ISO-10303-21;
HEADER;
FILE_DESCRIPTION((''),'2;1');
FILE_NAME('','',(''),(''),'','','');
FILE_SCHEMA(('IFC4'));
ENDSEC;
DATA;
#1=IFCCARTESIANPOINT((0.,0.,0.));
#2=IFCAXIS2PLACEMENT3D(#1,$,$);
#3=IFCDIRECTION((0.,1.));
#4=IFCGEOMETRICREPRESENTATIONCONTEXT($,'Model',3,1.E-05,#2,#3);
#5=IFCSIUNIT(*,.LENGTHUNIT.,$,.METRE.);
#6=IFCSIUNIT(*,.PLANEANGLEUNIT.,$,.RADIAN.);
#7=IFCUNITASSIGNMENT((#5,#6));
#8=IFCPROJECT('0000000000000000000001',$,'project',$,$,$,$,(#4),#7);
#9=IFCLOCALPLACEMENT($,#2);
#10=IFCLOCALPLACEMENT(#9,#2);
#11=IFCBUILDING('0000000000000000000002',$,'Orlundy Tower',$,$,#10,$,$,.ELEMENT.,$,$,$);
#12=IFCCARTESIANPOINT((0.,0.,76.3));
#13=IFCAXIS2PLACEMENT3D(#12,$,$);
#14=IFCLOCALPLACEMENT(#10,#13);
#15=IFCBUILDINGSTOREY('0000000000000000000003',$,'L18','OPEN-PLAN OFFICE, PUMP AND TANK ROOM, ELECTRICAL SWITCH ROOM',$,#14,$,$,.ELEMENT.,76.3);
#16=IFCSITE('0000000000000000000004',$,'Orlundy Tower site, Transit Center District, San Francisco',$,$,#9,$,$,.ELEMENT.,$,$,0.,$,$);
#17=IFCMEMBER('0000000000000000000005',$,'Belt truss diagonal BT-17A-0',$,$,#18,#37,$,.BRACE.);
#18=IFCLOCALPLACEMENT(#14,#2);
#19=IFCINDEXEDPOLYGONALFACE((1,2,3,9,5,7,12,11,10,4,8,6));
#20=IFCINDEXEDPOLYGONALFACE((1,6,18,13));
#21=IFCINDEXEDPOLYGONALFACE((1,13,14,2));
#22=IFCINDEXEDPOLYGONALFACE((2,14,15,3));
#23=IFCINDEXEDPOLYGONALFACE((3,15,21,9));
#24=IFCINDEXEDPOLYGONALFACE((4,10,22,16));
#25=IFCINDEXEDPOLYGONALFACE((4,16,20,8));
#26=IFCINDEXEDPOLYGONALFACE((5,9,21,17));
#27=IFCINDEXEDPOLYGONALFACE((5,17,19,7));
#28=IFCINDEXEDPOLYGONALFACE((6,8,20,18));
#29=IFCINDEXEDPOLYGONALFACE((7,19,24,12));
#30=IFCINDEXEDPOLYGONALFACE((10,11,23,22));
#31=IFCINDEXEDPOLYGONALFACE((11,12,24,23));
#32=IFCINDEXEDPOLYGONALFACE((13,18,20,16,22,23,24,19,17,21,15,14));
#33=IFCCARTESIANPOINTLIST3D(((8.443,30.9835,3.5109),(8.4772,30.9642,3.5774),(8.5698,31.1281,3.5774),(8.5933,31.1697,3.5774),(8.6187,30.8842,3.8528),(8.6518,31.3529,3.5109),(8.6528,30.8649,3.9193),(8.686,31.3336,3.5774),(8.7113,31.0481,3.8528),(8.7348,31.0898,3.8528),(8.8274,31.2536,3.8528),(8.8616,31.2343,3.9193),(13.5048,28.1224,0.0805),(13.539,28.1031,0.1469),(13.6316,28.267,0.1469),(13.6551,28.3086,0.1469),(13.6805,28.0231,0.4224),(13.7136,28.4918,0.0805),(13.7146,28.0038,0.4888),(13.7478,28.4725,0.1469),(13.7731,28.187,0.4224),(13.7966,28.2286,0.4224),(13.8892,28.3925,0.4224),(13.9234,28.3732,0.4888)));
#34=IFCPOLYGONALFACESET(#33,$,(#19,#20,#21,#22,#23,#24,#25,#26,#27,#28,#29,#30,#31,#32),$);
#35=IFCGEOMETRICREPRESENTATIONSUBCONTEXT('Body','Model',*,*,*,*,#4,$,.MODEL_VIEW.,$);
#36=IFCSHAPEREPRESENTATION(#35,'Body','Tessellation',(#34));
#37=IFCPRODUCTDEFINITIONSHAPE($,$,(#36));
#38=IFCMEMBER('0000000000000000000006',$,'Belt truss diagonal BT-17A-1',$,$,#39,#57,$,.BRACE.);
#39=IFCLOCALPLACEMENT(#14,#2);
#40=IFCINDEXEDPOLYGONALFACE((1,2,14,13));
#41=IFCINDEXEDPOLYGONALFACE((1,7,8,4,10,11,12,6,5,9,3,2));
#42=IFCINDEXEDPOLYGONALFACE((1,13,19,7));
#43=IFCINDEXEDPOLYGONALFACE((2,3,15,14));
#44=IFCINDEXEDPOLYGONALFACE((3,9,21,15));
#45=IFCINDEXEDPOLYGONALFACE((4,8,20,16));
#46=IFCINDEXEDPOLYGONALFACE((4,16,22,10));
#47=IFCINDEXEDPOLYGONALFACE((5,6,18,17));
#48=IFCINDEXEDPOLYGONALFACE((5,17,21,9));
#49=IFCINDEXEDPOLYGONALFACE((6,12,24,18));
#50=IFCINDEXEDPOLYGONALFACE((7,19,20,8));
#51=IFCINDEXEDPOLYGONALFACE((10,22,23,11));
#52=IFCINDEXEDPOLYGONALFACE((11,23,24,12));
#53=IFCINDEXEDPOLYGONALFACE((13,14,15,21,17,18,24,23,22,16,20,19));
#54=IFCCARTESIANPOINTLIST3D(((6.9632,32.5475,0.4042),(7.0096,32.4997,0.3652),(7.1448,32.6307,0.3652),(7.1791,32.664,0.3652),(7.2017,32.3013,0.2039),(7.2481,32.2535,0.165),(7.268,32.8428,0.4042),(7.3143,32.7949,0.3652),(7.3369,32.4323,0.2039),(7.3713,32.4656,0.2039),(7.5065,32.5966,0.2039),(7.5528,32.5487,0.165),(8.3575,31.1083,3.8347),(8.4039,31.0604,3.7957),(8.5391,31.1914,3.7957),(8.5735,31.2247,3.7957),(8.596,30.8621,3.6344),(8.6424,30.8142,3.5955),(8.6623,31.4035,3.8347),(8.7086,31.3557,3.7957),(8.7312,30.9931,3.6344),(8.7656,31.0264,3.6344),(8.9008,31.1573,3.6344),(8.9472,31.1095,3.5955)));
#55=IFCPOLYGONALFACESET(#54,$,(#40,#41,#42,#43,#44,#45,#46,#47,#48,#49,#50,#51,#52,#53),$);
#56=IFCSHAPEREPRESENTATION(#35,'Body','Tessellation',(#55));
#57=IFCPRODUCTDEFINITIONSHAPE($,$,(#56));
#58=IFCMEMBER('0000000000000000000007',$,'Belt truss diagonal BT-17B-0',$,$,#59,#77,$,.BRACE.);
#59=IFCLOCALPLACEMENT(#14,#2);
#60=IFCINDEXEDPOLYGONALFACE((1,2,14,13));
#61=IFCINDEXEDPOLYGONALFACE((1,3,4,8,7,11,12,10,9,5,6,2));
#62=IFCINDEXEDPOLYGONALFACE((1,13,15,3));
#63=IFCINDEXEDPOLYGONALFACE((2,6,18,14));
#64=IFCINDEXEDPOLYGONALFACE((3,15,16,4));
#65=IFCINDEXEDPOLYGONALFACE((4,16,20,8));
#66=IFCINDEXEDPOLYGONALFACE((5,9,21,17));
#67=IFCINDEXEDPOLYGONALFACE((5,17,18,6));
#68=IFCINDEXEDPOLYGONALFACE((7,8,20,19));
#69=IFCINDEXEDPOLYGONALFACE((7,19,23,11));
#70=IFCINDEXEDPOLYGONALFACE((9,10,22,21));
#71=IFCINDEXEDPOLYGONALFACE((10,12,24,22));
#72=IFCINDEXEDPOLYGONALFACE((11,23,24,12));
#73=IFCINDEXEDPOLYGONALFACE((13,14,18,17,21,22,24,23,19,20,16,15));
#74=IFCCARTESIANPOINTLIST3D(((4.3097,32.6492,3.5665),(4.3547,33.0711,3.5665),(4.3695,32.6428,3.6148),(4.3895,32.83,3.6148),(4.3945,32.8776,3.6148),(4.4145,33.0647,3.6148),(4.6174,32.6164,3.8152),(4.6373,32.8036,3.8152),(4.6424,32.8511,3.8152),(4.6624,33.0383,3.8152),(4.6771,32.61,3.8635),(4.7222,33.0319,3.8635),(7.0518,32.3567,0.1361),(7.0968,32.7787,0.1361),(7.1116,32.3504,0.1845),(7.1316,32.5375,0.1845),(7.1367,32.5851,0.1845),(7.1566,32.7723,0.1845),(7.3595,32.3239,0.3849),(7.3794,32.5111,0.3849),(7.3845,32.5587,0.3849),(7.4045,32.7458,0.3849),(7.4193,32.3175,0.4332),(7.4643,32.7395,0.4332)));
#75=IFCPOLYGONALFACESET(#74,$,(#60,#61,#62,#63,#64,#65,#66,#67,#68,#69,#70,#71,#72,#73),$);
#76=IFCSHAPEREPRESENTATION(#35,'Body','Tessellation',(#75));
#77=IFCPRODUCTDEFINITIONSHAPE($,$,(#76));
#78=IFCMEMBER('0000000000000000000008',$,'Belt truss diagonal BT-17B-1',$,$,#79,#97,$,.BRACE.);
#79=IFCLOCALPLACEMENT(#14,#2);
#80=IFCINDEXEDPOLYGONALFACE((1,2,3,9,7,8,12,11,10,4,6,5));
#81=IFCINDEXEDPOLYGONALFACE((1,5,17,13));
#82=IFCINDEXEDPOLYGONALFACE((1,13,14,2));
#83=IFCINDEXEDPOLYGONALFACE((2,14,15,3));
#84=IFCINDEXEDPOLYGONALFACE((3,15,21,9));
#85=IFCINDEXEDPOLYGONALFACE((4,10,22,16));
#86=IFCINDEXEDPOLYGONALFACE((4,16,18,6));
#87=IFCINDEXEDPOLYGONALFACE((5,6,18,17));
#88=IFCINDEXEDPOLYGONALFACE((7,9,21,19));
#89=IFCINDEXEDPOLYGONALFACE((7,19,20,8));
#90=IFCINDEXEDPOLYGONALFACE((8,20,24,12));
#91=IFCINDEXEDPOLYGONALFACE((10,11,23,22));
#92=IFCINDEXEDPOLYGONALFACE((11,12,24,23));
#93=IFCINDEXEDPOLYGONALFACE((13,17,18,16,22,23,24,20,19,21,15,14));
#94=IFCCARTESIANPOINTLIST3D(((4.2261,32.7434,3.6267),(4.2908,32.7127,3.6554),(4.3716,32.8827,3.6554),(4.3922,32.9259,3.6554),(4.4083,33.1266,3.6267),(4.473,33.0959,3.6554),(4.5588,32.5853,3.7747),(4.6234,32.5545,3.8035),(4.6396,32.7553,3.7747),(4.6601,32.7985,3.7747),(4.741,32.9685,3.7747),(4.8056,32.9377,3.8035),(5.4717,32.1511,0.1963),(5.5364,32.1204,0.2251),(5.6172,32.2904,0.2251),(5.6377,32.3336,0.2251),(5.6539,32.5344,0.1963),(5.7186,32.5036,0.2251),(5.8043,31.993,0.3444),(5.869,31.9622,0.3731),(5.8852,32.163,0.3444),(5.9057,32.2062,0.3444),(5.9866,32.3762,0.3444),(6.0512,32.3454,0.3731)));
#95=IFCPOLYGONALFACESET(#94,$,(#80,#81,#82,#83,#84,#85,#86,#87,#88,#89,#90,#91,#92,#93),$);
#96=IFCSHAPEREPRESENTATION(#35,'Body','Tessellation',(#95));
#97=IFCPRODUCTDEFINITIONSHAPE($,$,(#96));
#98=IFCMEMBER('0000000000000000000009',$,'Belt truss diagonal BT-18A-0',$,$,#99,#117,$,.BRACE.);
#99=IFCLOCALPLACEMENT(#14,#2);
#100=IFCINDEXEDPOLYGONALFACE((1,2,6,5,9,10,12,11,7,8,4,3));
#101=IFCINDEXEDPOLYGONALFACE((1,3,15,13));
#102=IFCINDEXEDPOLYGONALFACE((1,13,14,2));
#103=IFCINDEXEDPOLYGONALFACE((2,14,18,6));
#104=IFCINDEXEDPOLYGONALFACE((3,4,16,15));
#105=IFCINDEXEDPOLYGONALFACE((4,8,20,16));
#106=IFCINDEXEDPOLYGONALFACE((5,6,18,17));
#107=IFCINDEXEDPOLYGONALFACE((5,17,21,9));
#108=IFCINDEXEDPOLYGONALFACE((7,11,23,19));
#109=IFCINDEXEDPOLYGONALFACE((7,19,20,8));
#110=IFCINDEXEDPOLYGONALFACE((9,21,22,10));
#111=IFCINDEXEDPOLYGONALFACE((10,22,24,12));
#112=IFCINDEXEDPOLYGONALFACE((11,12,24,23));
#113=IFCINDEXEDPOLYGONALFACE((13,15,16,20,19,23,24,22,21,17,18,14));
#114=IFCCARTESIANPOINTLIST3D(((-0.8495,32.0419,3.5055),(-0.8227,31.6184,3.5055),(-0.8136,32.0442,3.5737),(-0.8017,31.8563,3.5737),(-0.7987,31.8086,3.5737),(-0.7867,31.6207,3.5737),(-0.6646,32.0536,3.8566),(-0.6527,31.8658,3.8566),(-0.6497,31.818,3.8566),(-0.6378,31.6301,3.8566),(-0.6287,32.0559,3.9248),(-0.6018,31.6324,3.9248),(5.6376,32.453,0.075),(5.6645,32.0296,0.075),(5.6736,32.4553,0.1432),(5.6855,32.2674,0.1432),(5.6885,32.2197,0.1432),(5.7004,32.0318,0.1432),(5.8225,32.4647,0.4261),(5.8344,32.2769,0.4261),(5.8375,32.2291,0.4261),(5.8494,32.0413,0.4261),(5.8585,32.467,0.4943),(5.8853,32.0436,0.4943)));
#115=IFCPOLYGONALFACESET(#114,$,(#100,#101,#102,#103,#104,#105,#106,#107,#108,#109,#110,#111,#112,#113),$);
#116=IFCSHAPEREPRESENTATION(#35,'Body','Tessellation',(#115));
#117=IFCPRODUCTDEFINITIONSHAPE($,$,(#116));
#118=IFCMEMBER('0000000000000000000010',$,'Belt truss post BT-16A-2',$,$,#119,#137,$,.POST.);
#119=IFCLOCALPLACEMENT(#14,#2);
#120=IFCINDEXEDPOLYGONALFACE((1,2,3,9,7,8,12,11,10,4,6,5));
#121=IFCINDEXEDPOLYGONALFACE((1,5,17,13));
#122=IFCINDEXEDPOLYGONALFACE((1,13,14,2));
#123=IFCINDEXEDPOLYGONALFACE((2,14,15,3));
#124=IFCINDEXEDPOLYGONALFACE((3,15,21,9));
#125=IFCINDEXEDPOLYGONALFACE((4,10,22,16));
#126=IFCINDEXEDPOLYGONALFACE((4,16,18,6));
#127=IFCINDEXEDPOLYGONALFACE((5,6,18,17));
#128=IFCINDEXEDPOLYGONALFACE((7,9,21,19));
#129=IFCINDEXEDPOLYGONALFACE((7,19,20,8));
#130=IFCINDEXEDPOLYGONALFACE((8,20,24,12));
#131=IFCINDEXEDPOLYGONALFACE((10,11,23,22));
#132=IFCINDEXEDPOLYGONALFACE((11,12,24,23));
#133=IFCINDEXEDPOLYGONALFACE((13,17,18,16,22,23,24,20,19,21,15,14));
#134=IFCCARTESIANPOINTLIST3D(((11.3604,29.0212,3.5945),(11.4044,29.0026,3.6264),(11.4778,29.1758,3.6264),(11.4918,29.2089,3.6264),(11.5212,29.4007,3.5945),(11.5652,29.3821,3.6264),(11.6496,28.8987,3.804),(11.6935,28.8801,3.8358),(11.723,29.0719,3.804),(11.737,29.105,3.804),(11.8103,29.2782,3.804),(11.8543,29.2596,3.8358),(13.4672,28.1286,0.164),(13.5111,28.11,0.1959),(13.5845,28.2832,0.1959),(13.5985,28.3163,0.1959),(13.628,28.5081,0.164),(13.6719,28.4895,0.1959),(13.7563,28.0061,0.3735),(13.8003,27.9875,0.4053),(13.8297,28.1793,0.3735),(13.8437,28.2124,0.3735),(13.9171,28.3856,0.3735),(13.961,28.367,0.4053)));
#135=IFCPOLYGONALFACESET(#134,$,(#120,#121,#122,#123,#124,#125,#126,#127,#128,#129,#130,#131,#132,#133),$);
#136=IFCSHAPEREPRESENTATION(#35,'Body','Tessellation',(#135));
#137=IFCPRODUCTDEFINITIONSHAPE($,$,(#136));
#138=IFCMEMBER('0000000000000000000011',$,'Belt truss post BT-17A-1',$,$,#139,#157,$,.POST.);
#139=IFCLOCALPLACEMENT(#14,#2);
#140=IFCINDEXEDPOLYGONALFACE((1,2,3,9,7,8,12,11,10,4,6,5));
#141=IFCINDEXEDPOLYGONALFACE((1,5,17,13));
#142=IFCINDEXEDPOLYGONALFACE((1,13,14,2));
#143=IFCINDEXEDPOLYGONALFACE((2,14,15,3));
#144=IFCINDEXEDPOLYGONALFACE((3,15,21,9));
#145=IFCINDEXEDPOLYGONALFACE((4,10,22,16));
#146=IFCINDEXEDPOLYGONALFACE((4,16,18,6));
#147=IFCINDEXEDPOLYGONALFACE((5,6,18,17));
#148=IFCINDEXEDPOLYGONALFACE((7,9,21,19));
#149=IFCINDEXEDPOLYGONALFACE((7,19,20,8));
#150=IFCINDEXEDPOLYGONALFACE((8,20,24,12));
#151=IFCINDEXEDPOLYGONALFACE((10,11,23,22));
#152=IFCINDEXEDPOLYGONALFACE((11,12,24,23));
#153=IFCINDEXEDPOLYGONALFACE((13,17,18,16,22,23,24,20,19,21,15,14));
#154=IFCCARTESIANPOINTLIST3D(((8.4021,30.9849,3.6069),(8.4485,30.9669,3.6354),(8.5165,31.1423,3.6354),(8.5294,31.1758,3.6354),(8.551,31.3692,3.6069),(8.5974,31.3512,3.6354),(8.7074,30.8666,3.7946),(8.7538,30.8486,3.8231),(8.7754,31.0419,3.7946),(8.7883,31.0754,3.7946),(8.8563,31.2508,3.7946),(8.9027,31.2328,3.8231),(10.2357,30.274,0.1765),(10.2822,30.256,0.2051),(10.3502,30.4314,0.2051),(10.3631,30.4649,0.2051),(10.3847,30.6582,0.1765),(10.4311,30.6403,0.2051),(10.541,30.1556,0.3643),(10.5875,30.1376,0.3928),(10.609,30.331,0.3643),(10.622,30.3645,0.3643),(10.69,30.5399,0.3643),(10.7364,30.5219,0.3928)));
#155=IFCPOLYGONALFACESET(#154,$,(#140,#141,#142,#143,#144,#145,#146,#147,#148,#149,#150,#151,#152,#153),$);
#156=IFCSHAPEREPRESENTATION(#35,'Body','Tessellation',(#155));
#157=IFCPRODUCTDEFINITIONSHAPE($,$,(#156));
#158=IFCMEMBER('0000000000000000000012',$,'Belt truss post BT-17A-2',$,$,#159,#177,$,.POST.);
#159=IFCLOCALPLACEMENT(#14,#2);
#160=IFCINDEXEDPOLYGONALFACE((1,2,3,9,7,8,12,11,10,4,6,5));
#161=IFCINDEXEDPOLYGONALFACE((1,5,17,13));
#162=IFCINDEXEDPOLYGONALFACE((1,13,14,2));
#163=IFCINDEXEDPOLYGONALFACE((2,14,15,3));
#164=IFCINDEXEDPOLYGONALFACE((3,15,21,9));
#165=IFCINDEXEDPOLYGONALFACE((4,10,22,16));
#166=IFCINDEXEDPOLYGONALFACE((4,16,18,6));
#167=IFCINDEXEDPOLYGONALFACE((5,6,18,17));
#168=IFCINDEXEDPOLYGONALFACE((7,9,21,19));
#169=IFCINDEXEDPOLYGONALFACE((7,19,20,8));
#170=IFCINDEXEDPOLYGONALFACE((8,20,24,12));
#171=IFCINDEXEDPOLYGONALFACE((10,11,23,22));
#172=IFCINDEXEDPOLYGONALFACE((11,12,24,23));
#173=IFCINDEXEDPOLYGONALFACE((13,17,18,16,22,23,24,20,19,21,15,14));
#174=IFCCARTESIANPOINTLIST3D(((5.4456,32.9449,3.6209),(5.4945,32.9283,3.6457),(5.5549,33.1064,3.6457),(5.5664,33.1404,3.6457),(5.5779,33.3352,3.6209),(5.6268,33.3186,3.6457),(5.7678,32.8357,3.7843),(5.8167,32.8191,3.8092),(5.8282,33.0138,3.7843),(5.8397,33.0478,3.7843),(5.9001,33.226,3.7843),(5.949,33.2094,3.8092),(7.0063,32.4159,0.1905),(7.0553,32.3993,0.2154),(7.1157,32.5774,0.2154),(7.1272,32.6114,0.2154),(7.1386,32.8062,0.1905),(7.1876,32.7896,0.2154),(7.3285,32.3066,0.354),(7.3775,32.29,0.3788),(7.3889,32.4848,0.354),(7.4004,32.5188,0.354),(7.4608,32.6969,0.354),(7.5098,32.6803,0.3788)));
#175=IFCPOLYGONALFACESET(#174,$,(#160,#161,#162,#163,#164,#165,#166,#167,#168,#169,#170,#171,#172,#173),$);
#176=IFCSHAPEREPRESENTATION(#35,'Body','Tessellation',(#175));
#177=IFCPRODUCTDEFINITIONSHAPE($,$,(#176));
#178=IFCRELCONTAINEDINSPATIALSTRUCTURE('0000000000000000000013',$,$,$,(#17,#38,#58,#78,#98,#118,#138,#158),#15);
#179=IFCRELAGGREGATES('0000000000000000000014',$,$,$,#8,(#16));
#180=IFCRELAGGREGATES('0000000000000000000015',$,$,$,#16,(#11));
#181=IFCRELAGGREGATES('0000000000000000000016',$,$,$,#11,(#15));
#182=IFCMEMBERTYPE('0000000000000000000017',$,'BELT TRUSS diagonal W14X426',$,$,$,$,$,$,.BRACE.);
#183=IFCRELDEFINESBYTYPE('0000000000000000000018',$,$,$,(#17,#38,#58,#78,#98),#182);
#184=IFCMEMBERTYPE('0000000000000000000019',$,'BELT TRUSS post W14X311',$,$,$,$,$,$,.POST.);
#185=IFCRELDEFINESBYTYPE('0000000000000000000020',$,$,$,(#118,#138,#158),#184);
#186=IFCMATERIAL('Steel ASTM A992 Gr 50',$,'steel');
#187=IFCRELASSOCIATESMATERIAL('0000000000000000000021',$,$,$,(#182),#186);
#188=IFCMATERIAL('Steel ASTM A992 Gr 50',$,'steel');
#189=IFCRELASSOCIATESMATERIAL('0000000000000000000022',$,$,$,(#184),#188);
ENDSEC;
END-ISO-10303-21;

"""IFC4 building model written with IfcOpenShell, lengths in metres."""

from ifc_helpers import new_model, si_unit, direction, frame, origin, origin_2d, place, context, subcontext, project, spatial, i_section, extrude, material, material_profile, profile_set, type_object, element, save


model = new_model("IFC4")

# Units and contexts
model_context = context("Model", 3, precision=1e-05, world=origin(), true_north=direction((0.0, 1.0)))
body_context = subcontext(model_context, "Body", "Model", "MODEL_VIEW")
ifc_project = project(units=[si_unit("LENGTHUNIT", "METRE"), si_unit("PLANEANGLEUNIT", "RADIAN")], contexts=[model_context])

# Site, building, storey
site_placement = place(None, origin())
site = spatial("IfcSite", under=ifc_project, at=site_placement, Name="Orlundy Tower site, Transit Center District, San Francisco", CompositionType="ELEMENT", RefElevation=0.0)
building_placement = place(site_placement, origin())
building = spatial("IfcBuilding", under=site, at=building_placement, Name="Orlundy Tower", CompositionType="ELEMENT")
storey_placement = place(building_placement, frame((0.0, 0.0, 76.3)))
storey = spatial("IfcBuildingStorey", under=building, at=storey_placement, Name="L18", Description="OPEN-PLAN OFFICE, PUMP AND TANK ROOM, ELECTRICAL SWITCH ROOM", CompositionType="ELEMENT", Elevation=76.3)

# Members
ifc_material_1 = material(Name="Steel ASTM A992 Gr 50", Category="steel")
ifc_material_profile_1 = material_profile(ifc_material_1, i_section(OverallWidth=0.4243, OverallDepth=0.4741, WebThickness=0.0479, FlangeThickness=0.0771, at=origin_2d()), Name="W14X426")
ifc_profile_set_1 = profile_set([ifc_material_profile_1], Name="Steel ASTM A992 Gr 50")
member_type_1 = type_object("IfcMemberType", Name="BELT TRUSS diagonal W14X426", PredefinedType="BRACE", material=ifc_profile_set_1)
member_1_placement = place(storey_placement, frame((13.7141, 28.2478, 0.2847), z_axis=(-0.749788, 0.423806, 0.50814), x_axis=(-0.492068, -0.870557, 0.0)))
element("IfcMember", 1, at=member_1_placement, inside=storey, type_object=member_type_1, Name="Belt truss diagonal BT-17A-0", PredefinedType="BRACE", context=body_context, shape_type="SweptSolid", body=[
    extrude(i_section(OverallWidth=0.4243, OverallDepth=0.4741, WebThickness=0.0479, FlangeThickness=0.0771, at=origin_2d()), origin(), (0.0, 0.0, 1.0), 6.751),
])
member_2_placement = place(storey_placement, frame((8.6523, 31.1089, 3.7151), z_axis=(-0.350958, 0.362266, -0.863477), x_axis=(-0.718227, -0.695809, 0.0)))
element("IfcMember", 2, at=member_2_placement, inside=storey, type_object=member_type_1, Name="Belt truss diagonal BT-17A-1", PredefinedType="BRACE", context=body_context, shape_type="SweptSolid", body=[
    extrude(i_section(OverallWidth=0.4243, OverallDepth=0.4741, WebThickness=0.0479, FlangeThickness=0.0771, at=origin_2d()), origin(), (0.0, 0.0, 1.0), 3.9729),
])
member_3_placement = place(storey_placement, frame((7.2581, 32.5481, 0.2847), z_axis=(-0.623017, 0.066451, 0.779381), x_axis=(-0.106058, -0.99436, 0.0)))
element("IfcMember", 3, at=member_3_placement, inside=storey, type_object=member_type_1, Name="Belt truss diagonal BT-17B-0", PredefinedType="BRACE", context=body_context, shape_type="SweptSolid", body=[
    extrude(i_section(OverallWidth=0.4243, OverallDepth=0.4741, WebThickness=0.0479, FlangeThickness=0.0771, at=origin_2d()), origin(), (0.0, 0.0, 1.0), 4.4014),
])
member_4_placement = place(storey_placement, frame((4.5159, 32.8406, 3.7151), z_axis=(0.336895, -0.160193, -0.927815), x_axis=(0.429425, 0.903102, 0.0)))
element("IfcMember", 4, at=member_4_placement, inside=storey, type_object=member_type_1, Name="Belt truss diagonal BT-17B-1", PredefinedType="BRACE", context=body_context, shape_type="SweptSolid", body=[
    extrude(i_section(OverallWidth=0.4243, OverallDepth=0.4741, WebThickness=0.0479, FlangeThickness=0.0771, at=origin_2d()), origin(), (0.0, 0.0, 1.0), 3.6973),
])
member_5_placement = place(storey_placement, frame((5.7615, 32.2483, 0.2847), z_axis=(-0.882624, -0.055938, 0.46674), x_axis=(0.06325, -0.997998, 0.0)))
element("IfcMember", 5, at=member_5_placement, inside=storey, type_object=member_type_1, Name="Belt truss diagonal BT-18A-0", PredefinedType="BRACE", context=body_context, shape_type="SweptSolid", body=[
    extrude(i_section(OverallWidth=0.4243, OverallDepth=0.4741, WebThickness=0.0479, FlangeThickness=0.0771, at=origin_2d()), origin(), (0.0, 0.0, 1.0), 7.3499),
])
ifc_material_2 = material(Name="Steel ASTM A992 Gr 50", Category="steel")
ifc_material_profile_2 = material_profile(ifc_material_2, i_section(OverallWidth=0.4121, OverallDepth=0.4348, WebThickness=0.0359, FlangeThickness=0.0574, at=origin_2d()), Name="W14X311")
ifc_profile_set_2 = profile_set([ifc_material_profile_2], Name="Steel ASTM A992 Gr 50")
member_type_2 = type_object("IfcMemberType", Name="BELT TRUSS post W14X311", PredefinedType="POST", material=ifc_profile_set_2)
member_6_placement = place(storey_placement, frame((13.7141, 28.2478, 0.2847), z_axis=(-0.510908, 0.216465, 0.831935), x_axis=(-0.390117, -0.920765, 0.0)))
element("IfcMember", 6, at=member_6_placement, inside=storey, type_object=member_type_2, Name="Belt truss post BT-16A-2", PredefinedType="POST", context=body_context, shape_type="SweptSolid", body=[
    extrude(i_section(OverallWidth=0.4121, OverallDepth=0.4348, WebThickness=0.0359, FlangeThickness=0.0574, at=origin_2d()), origin(), (0.0, 0.0, 1.0), 4.1235),
])
member_7_placement = place(storey_placement, frame((10.4861, 30.3979, 0.2847), z_axis=(-0.463743, 0.179792, 0.867535), x_axis=(-0.361482, -0.932379, 0.0)))
element("IfcMember", 7, at=member_7_placement, inside=storey, type_object=member_type_2, Name="Belt truss post BT-17A-1", PredefinedType="POST", context=body_context, shape_type="SweptSolid", body=[
    extrude(i_section(OverallWidth=0.4121, OverallDepth=0.4348, WebThickness=0.0359, FlangeThickness=0.0574, at=origin_2d()), origin(), (0.0, 0.0, 1.0), 3.9541),
])
member_8_placement = place(storey_placement, frame((7.2581, 32.5481, 0.2847), z_axis=(-0.410114, 0.139014, 0.901378), x_axis=(-0.321024, -0.947071, 0.0)))
element("IfcMember", 8, at=member_8_placement, inside=storey, type_object=member_type_2, Name="Belt truss post BT-17A-2", PredefinedType="POST", context=body_context, shape_type="SweptSolid", body=[
    extrude(i_section(OverallWidth=0.4121, OverallDepth=0.4348, WebThickness=0.0359, FlangeThickness=0.0574, at=origin_2d()), origin(), (0.0, 0.0, 1.0), 3.8057),
])

save(model, "model.ifc")
